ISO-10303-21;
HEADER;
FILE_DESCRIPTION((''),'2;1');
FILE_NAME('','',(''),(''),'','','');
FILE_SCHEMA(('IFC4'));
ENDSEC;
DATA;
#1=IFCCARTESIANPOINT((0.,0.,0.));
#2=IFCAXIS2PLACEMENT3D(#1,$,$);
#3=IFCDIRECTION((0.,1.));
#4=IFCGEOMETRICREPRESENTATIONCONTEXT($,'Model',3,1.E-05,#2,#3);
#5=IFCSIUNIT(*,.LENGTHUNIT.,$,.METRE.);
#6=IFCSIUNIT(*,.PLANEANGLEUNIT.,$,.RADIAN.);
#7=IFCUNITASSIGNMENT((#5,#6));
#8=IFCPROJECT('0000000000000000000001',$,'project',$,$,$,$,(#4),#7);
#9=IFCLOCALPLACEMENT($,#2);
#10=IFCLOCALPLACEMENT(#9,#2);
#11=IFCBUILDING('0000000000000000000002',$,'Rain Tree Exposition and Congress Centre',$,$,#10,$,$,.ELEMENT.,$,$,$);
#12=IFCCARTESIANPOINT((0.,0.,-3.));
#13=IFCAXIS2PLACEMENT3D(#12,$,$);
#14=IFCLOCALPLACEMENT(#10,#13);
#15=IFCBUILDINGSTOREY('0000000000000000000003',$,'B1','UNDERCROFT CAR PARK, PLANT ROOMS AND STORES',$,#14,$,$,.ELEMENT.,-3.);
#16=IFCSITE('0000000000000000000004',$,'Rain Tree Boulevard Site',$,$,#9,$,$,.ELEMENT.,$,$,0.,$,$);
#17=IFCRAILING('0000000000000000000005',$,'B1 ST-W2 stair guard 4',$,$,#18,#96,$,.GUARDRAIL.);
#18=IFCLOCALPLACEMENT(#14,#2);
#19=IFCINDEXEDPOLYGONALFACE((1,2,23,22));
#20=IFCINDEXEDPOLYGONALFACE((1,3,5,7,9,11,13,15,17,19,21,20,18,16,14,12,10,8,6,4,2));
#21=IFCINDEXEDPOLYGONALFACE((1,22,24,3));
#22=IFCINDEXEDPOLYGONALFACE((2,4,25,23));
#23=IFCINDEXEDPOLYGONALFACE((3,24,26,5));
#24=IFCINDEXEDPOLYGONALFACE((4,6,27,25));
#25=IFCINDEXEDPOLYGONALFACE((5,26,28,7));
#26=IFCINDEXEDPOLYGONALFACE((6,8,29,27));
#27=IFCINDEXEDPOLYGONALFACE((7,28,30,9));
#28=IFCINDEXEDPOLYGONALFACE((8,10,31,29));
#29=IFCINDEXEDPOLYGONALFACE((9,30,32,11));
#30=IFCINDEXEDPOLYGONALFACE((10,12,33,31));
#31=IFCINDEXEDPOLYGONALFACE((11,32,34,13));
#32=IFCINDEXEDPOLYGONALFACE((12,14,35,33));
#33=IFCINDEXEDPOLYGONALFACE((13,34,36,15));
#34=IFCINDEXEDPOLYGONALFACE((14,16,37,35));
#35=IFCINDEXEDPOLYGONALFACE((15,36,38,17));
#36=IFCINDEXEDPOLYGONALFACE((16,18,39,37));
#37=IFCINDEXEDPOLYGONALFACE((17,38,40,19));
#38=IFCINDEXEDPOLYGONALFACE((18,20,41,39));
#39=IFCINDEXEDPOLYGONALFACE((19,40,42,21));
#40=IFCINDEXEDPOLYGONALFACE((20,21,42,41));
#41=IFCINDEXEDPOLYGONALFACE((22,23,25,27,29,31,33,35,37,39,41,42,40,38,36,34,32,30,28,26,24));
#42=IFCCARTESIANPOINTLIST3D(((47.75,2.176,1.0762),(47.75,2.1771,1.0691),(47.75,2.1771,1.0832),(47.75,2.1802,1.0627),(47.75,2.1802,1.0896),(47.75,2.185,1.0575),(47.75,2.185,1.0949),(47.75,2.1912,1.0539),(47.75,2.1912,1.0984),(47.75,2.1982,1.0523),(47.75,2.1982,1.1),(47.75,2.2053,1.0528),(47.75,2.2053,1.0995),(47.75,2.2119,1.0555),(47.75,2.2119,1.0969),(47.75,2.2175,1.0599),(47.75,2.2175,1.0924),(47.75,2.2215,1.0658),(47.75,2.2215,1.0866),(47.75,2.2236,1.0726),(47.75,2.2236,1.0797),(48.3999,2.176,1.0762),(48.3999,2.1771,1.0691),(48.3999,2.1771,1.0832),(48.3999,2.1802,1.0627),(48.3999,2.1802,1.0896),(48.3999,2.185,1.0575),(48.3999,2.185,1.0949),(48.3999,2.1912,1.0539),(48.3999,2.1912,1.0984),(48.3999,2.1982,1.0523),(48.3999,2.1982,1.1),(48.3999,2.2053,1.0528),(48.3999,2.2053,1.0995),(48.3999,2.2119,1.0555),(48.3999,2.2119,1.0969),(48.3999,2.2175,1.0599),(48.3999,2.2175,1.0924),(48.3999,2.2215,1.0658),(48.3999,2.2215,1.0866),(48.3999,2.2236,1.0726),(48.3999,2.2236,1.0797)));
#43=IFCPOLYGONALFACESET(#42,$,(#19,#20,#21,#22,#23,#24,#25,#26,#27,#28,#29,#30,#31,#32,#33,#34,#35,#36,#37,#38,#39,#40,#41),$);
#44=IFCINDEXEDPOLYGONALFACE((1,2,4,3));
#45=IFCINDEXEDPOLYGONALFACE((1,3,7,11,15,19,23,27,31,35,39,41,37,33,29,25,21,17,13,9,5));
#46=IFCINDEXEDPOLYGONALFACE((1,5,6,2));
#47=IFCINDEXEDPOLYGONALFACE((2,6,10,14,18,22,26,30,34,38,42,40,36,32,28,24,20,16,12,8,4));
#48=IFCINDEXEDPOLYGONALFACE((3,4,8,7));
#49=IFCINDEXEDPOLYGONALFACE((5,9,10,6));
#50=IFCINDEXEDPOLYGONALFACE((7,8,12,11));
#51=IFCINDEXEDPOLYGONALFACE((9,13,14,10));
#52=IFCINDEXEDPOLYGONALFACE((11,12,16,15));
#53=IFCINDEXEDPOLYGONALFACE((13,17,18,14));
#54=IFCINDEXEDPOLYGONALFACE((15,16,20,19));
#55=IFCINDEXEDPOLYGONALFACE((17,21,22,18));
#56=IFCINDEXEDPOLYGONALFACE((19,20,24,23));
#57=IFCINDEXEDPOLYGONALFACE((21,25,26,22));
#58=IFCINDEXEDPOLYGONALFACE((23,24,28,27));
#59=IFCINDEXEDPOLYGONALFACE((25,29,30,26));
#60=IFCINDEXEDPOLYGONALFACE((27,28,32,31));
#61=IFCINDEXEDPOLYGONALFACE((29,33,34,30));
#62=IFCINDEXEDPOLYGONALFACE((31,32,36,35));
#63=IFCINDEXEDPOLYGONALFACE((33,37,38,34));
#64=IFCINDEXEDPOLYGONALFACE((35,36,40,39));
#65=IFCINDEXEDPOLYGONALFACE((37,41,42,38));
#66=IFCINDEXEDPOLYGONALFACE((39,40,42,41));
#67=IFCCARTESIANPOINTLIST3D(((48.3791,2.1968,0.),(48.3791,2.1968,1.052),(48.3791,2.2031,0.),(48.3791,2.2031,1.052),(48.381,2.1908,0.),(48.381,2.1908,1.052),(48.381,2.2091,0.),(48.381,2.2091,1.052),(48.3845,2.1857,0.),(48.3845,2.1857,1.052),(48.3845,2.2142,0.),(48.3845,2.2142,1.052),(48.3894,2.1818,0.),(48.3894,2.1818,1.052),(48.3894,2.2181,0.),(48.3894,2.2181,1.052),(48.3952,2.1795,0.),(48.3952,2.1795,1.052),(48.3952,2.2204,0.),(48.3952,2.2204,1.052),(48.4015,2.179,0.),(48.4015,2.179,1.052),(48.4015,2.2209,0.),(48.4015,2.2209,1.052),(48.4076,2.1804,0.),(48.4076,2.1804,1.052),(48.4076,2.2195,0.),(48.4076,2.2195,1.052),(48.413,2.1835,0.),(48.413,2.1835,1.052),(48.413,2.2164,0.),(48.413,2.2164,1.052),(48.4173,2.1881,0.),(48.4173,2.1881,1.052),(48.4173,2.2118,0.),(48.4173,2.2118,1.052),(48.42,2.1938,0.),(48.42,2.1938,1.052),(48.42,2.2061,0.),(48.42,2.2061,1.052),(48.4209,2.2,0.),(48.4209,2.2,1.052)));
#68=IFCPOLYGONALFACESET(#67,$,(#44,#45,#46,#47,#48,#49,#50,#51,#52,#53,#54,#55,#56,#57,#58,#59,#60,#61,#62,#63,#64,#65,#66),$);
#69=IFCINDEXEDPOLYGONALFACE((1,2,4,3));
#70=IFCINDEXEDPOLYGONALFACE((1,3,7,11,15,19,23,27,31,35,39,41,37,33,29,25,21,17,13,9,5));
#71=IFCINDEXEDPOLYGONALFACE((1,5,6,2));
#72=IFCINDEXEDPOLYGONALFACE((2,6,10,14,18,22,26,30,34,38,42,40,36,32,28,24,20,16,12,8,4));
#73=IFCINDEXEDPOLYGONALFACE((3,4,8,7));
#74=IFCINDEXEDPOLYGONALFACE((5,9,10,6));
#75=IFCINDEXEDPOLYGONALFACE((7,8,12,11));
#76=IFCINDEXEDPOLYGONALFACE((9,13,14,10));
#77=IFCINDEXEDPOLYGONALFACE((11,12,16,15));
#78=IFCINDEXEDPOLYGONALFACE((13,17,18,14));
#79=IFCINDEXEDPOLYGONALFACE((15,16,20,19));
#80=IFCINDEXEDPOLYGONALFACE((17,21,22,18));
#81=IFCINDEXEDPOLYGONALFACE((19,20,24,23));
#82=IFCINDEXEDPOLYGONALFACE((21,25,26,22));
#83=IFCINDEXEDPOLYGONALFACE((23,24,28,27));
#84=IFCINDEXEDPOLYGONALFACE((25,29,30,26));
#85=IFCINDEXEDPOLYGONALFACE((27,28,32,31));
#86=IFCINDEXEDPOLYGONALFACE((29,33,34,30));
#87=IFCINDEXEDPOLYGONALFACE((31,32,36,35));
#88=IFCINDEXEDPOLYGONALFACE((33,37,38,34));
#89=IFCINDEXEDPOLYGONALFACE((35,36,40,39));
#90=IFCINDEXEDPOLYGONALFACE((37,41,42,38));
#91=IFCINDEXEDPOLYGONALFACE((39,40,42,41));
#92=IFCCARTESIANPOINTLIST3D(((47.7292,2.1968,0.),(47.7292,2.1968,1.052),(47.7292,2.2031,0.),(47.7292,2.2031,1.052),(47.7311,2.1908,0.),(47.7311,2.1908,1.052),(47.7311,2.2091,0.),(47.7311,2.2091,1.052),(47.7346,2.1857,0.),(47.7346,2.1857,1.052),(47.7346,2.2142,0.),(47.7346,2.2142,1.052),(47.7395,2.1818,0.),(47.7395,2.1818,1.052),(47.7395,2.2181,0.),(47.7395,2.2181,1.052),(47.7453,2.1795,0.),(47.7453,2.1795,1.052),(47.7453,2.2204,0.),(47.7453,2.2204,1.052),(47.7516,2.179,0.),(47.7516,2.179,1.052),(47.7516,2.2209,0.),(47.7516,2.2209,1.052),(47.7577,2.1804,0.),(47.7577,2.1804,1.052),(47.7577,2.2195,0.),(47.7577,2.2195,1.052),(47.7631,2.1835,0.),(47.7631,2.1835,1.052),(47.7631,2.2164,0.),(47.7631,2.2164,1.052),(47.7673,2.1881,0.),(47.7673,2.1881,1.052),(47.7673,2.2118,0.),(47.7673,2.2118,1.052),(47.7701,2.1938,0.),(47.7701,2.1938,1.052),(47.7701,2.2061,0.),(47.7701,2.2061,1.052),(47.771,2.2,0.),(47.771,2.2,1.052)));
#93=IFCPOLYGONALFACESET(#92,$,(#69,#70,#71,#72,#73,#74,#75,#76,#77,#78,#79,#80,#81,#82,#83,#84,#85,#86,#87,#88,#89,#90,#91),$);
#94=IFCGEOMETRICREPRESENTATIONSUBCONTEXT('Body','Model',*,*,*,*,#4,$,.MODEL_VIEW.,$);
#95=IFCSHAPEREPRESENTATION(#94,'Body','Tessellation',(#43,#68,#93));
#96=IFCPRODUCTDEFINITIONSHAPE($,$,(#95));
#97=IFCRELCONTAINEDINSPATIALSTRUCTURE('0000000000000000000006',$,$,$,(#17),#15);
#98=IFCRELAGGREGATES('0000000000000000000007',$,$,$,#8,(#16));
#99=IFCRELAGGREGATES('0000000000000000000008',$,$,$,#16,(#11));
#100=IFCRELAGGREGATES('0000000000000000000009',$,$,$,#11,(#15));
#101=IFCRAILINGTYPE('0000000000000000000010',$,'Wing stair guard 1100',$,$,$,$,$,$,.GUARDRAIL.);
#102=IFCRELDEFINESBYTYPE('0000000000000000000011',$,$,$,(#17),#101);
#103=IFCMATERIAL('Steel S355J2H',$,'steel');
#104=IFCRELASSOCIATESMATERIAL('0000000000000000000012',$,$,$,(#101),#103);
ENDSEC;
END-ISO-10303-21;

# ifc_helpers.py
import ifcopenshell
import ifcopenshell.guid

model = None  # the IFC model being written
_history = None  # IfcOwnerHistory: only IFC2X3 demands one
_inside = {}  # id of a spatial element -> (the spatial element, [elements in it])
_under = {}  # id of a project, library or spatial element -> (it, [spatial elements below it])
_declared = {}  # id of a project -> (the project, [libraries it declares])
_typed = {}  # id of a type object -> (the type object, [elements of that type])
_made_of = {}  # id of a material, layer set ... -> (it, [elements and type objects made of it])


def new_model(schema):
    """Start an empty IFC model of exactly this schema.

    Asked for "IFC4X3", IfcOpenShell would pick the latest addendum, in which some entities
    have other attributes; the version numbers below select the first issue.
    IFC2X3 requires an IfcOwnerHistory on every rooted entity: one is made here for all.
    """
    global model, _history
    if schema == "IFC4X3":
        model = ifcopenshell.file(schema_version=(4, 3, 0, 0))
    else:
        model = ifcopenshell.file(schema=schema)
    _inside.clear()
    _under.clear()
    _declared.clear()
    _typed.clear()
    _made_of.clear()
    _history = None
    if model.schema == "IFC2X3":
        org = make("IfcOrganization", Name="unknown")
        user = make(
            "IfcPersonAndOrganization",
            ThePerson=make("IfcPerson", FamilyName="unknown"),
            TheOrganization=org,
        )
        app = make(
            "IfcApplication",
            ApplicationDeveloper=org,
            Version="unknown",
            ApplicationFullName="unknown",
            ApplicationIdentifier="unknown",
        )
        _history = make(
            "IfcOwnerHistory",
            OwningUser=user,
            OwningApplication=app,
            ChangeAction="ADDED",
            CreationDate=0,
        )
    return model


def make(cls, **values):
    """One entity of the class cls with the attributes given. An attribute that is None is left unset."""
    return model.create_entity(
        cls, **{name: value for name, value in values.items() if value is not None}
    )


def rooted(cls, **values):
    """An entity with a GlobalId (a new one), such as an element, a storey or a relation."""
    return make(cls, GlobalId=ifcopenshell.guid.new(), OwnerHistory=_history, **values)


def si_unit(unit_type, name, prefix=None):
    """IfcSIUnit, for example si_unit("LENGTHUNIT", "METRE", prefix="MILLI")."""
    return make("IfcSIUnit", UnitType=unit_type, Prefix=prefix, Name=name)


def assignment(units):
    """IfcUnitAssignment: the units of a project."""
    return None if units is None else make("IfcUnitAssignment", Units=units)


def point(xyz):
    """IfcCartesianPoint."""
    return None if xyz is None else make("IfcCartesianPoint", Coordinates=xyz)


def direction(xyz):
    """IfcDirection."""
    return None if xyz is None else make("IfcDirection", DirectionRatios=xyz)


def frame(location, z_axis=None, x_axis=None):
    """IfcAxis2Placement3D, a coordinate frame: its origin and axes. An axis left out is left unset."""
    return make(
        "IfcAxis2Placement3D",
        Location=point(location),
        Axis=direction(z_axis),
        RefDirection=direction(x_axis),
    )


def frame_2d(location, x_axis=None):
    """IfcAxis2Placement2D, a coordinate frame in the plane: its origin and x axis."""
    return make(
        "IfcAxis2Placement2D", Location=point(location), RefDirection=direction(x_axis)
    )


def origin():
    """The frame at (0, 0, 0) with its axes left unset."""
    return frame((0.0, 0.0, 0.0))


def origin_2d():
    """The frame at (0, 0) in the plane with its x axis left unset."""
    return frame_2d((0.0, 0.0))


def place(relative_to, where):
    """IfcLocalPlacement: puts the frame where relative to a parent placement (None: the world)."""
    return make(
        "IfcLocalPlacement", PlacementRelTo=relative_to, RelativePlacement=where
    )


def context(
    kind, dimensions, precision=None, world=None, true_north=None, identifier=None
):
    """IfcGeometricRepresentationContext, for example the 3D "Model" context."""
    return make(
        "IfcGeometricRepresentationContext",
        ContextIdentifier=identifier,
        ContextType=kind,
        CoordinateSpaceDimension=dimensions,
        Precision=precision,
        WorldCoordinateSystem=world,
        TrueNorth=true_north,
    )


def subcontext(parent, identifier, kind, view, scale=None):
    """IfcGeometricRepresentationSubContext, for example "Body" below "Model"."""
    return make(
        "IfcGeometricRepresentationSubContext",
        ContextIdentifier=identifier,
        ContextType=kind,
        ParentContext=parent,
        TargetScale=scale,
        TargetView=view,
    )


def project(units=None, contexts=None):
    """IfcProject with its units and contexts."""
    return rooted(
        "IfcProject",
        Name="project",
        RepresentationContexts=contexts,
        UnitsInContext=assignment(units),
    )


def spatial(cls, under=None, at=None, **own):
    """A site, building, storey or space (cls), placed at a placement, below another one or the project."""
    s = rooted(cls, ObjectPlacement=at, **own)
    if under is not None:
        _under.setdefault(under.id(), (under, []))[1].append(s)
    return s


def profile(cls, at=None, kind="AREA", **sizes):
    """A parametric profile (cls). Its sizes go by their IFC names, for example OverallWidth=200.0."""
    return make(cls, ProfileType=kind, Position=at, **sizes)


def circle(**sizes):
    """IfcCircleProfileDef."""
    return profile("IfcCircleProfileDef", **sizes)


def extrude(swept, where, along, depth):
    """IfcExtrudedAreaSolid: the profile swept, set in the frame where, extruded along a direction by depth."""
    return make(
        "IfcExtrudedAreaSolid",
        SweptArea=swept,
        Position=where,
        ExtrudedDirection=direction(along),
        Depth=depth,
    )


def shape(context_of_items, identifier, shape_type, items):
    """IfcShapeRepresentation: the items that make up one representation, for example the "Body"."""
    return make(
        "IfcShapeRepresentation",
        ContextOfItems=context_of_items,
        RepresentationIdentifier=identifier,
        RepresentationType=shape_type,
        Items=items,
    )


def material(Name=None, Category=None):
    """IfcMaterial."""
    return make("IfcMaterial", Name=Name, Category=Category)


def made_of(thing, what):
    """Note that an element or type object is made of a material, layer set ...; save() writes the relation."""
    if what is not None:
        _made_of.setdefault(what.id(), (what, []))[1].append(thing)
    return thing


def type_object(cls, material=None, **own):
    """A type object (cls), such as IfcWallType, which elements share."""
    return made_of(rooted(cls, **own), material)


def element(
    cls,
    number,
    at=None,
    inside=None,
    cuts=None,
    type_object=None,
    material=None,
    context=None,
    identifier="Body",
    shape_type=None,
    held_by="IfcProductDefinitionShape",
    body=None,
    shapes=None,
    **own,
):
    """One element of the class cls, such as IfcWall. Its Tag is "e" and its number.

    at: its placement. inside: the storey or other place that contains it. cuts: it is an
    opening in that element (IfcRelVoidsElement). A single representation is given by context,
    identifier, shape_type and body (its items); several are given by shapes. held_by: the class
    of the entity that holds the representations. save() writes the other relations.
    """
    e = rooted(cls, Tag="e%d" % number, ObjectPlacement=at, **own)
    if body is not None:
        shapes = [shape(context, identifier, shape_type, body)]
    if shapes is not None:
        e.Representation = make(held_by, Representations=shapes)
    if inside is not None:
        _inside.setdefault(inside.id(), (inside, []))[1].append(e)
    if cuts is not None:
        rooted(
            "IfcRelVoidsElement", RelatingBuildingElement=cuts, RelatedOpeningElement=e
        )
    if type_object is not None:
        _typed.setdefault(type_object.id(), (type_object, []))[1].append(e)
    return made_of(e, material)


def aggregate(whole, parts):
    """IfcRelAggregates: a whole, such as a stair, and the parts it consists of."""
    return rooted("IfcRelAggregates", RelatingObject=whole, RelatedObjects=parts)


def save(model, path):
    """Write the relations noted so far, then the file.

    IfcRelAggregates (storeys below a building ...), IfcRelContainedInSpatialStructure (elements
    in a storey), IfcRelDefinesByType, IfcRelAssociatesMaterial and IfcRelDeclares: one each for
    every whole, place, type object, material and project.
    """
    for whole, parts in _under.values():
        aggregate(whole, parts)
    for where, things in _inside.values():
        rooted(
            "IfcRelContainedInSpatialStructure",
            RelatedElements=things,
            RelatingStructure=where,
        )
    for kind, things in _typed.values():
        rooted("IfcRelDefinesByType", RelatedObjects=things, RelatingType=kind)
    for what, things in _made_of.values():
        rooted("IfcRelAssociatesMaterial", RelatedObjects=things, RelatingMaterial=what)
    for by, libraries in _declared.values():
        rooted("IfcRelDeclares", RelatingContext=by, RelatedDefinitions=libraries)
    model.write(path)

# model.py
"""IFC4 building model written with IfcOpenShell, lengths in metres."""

from ifc_helpers import new_model, si_unit, direction, frame, origin, origin_2d, place, context, subcontext, project, spatial, circle, extrude, material, type_object, element, save


model = new_model("IFC4")

# Units and contexts
model_context = context("Model", 3, precision=1e-05, world=origin(), true_north=direction((0.0, 1.0)))
body_context = subcontext(model_context, "Body", "Model", "MODEL_VIEW")
ifc_project = project(units=[si_unit("LENGTHUNIT", "METRE"), si_unit("PLANEANGLEUNIT", "RADIAN")], contexts=[model_context])

# Site, building, storey
site_placement = place(None, origin())
site = spatial("IfcSite", under=ifc_project, at=site_placement, Name="Rain Tree Boulevard Site", CompositionType="ELEMENT", RefElevation=0.0)
building_placement = place(site_placement, origin())
building = spatial("IfcBuilding", under=site, at=building_placement, Name="Rain Tree Exposition and Congress Centre", CompositionType="ELEMENT")
storey_placement = place(building_placement, frame((0.0, 0.0, -3.0)))
storey = spatial("IfcBuildingStorey", under=building, at=storey_placement, Name="B1", Description="UNDERCROFT CAR PARK, PLANT ROOMS AND STORES", CompositionType="ELEMENT", Elevation=-3.0)

# Railing
ifc_material_1 = material(Name="Steel S355J2H", Category="steel")
railing_type_1 = type_object("IfcRailingType", Name="Wing stair guard 1100", PredefinedType="GUARDRAIL", material=ifc_material_1)
railing_1_placement = place(storey_placement, frame((48.3999, 2.2, 0.0)))
element("IfcRailing", 1, at=railing_1_placement, inside=storey, type_object=railing_type_1, Name="B1 ST-W2 stair guard 4", PredefinedType="GUARDRAIL", context=body_context, shape_type="SweptSolid", body=[
    extrude(circle(Radius=0.0239, at=origin_2d()), frame((0.0, 0.0, 1.0762), z_axis=(-1.0, 0.0, 0.0), x_axis=(0.0, -1.0, 0.0)), (0.0, 0.0, 1.0), 0.6499),
    extrude(circle(Radius=0.021, at=origin_2d()), origin(), (0.0, 0.0, 1.0), 1.052),
    extrude(circle(Radius=0.021, at=origin_2d()), frame((-0.6499, 0.0, 0.0)), (0.0, 0.0, 1.0), 1.052),
])

save(model, "model.ifc")
